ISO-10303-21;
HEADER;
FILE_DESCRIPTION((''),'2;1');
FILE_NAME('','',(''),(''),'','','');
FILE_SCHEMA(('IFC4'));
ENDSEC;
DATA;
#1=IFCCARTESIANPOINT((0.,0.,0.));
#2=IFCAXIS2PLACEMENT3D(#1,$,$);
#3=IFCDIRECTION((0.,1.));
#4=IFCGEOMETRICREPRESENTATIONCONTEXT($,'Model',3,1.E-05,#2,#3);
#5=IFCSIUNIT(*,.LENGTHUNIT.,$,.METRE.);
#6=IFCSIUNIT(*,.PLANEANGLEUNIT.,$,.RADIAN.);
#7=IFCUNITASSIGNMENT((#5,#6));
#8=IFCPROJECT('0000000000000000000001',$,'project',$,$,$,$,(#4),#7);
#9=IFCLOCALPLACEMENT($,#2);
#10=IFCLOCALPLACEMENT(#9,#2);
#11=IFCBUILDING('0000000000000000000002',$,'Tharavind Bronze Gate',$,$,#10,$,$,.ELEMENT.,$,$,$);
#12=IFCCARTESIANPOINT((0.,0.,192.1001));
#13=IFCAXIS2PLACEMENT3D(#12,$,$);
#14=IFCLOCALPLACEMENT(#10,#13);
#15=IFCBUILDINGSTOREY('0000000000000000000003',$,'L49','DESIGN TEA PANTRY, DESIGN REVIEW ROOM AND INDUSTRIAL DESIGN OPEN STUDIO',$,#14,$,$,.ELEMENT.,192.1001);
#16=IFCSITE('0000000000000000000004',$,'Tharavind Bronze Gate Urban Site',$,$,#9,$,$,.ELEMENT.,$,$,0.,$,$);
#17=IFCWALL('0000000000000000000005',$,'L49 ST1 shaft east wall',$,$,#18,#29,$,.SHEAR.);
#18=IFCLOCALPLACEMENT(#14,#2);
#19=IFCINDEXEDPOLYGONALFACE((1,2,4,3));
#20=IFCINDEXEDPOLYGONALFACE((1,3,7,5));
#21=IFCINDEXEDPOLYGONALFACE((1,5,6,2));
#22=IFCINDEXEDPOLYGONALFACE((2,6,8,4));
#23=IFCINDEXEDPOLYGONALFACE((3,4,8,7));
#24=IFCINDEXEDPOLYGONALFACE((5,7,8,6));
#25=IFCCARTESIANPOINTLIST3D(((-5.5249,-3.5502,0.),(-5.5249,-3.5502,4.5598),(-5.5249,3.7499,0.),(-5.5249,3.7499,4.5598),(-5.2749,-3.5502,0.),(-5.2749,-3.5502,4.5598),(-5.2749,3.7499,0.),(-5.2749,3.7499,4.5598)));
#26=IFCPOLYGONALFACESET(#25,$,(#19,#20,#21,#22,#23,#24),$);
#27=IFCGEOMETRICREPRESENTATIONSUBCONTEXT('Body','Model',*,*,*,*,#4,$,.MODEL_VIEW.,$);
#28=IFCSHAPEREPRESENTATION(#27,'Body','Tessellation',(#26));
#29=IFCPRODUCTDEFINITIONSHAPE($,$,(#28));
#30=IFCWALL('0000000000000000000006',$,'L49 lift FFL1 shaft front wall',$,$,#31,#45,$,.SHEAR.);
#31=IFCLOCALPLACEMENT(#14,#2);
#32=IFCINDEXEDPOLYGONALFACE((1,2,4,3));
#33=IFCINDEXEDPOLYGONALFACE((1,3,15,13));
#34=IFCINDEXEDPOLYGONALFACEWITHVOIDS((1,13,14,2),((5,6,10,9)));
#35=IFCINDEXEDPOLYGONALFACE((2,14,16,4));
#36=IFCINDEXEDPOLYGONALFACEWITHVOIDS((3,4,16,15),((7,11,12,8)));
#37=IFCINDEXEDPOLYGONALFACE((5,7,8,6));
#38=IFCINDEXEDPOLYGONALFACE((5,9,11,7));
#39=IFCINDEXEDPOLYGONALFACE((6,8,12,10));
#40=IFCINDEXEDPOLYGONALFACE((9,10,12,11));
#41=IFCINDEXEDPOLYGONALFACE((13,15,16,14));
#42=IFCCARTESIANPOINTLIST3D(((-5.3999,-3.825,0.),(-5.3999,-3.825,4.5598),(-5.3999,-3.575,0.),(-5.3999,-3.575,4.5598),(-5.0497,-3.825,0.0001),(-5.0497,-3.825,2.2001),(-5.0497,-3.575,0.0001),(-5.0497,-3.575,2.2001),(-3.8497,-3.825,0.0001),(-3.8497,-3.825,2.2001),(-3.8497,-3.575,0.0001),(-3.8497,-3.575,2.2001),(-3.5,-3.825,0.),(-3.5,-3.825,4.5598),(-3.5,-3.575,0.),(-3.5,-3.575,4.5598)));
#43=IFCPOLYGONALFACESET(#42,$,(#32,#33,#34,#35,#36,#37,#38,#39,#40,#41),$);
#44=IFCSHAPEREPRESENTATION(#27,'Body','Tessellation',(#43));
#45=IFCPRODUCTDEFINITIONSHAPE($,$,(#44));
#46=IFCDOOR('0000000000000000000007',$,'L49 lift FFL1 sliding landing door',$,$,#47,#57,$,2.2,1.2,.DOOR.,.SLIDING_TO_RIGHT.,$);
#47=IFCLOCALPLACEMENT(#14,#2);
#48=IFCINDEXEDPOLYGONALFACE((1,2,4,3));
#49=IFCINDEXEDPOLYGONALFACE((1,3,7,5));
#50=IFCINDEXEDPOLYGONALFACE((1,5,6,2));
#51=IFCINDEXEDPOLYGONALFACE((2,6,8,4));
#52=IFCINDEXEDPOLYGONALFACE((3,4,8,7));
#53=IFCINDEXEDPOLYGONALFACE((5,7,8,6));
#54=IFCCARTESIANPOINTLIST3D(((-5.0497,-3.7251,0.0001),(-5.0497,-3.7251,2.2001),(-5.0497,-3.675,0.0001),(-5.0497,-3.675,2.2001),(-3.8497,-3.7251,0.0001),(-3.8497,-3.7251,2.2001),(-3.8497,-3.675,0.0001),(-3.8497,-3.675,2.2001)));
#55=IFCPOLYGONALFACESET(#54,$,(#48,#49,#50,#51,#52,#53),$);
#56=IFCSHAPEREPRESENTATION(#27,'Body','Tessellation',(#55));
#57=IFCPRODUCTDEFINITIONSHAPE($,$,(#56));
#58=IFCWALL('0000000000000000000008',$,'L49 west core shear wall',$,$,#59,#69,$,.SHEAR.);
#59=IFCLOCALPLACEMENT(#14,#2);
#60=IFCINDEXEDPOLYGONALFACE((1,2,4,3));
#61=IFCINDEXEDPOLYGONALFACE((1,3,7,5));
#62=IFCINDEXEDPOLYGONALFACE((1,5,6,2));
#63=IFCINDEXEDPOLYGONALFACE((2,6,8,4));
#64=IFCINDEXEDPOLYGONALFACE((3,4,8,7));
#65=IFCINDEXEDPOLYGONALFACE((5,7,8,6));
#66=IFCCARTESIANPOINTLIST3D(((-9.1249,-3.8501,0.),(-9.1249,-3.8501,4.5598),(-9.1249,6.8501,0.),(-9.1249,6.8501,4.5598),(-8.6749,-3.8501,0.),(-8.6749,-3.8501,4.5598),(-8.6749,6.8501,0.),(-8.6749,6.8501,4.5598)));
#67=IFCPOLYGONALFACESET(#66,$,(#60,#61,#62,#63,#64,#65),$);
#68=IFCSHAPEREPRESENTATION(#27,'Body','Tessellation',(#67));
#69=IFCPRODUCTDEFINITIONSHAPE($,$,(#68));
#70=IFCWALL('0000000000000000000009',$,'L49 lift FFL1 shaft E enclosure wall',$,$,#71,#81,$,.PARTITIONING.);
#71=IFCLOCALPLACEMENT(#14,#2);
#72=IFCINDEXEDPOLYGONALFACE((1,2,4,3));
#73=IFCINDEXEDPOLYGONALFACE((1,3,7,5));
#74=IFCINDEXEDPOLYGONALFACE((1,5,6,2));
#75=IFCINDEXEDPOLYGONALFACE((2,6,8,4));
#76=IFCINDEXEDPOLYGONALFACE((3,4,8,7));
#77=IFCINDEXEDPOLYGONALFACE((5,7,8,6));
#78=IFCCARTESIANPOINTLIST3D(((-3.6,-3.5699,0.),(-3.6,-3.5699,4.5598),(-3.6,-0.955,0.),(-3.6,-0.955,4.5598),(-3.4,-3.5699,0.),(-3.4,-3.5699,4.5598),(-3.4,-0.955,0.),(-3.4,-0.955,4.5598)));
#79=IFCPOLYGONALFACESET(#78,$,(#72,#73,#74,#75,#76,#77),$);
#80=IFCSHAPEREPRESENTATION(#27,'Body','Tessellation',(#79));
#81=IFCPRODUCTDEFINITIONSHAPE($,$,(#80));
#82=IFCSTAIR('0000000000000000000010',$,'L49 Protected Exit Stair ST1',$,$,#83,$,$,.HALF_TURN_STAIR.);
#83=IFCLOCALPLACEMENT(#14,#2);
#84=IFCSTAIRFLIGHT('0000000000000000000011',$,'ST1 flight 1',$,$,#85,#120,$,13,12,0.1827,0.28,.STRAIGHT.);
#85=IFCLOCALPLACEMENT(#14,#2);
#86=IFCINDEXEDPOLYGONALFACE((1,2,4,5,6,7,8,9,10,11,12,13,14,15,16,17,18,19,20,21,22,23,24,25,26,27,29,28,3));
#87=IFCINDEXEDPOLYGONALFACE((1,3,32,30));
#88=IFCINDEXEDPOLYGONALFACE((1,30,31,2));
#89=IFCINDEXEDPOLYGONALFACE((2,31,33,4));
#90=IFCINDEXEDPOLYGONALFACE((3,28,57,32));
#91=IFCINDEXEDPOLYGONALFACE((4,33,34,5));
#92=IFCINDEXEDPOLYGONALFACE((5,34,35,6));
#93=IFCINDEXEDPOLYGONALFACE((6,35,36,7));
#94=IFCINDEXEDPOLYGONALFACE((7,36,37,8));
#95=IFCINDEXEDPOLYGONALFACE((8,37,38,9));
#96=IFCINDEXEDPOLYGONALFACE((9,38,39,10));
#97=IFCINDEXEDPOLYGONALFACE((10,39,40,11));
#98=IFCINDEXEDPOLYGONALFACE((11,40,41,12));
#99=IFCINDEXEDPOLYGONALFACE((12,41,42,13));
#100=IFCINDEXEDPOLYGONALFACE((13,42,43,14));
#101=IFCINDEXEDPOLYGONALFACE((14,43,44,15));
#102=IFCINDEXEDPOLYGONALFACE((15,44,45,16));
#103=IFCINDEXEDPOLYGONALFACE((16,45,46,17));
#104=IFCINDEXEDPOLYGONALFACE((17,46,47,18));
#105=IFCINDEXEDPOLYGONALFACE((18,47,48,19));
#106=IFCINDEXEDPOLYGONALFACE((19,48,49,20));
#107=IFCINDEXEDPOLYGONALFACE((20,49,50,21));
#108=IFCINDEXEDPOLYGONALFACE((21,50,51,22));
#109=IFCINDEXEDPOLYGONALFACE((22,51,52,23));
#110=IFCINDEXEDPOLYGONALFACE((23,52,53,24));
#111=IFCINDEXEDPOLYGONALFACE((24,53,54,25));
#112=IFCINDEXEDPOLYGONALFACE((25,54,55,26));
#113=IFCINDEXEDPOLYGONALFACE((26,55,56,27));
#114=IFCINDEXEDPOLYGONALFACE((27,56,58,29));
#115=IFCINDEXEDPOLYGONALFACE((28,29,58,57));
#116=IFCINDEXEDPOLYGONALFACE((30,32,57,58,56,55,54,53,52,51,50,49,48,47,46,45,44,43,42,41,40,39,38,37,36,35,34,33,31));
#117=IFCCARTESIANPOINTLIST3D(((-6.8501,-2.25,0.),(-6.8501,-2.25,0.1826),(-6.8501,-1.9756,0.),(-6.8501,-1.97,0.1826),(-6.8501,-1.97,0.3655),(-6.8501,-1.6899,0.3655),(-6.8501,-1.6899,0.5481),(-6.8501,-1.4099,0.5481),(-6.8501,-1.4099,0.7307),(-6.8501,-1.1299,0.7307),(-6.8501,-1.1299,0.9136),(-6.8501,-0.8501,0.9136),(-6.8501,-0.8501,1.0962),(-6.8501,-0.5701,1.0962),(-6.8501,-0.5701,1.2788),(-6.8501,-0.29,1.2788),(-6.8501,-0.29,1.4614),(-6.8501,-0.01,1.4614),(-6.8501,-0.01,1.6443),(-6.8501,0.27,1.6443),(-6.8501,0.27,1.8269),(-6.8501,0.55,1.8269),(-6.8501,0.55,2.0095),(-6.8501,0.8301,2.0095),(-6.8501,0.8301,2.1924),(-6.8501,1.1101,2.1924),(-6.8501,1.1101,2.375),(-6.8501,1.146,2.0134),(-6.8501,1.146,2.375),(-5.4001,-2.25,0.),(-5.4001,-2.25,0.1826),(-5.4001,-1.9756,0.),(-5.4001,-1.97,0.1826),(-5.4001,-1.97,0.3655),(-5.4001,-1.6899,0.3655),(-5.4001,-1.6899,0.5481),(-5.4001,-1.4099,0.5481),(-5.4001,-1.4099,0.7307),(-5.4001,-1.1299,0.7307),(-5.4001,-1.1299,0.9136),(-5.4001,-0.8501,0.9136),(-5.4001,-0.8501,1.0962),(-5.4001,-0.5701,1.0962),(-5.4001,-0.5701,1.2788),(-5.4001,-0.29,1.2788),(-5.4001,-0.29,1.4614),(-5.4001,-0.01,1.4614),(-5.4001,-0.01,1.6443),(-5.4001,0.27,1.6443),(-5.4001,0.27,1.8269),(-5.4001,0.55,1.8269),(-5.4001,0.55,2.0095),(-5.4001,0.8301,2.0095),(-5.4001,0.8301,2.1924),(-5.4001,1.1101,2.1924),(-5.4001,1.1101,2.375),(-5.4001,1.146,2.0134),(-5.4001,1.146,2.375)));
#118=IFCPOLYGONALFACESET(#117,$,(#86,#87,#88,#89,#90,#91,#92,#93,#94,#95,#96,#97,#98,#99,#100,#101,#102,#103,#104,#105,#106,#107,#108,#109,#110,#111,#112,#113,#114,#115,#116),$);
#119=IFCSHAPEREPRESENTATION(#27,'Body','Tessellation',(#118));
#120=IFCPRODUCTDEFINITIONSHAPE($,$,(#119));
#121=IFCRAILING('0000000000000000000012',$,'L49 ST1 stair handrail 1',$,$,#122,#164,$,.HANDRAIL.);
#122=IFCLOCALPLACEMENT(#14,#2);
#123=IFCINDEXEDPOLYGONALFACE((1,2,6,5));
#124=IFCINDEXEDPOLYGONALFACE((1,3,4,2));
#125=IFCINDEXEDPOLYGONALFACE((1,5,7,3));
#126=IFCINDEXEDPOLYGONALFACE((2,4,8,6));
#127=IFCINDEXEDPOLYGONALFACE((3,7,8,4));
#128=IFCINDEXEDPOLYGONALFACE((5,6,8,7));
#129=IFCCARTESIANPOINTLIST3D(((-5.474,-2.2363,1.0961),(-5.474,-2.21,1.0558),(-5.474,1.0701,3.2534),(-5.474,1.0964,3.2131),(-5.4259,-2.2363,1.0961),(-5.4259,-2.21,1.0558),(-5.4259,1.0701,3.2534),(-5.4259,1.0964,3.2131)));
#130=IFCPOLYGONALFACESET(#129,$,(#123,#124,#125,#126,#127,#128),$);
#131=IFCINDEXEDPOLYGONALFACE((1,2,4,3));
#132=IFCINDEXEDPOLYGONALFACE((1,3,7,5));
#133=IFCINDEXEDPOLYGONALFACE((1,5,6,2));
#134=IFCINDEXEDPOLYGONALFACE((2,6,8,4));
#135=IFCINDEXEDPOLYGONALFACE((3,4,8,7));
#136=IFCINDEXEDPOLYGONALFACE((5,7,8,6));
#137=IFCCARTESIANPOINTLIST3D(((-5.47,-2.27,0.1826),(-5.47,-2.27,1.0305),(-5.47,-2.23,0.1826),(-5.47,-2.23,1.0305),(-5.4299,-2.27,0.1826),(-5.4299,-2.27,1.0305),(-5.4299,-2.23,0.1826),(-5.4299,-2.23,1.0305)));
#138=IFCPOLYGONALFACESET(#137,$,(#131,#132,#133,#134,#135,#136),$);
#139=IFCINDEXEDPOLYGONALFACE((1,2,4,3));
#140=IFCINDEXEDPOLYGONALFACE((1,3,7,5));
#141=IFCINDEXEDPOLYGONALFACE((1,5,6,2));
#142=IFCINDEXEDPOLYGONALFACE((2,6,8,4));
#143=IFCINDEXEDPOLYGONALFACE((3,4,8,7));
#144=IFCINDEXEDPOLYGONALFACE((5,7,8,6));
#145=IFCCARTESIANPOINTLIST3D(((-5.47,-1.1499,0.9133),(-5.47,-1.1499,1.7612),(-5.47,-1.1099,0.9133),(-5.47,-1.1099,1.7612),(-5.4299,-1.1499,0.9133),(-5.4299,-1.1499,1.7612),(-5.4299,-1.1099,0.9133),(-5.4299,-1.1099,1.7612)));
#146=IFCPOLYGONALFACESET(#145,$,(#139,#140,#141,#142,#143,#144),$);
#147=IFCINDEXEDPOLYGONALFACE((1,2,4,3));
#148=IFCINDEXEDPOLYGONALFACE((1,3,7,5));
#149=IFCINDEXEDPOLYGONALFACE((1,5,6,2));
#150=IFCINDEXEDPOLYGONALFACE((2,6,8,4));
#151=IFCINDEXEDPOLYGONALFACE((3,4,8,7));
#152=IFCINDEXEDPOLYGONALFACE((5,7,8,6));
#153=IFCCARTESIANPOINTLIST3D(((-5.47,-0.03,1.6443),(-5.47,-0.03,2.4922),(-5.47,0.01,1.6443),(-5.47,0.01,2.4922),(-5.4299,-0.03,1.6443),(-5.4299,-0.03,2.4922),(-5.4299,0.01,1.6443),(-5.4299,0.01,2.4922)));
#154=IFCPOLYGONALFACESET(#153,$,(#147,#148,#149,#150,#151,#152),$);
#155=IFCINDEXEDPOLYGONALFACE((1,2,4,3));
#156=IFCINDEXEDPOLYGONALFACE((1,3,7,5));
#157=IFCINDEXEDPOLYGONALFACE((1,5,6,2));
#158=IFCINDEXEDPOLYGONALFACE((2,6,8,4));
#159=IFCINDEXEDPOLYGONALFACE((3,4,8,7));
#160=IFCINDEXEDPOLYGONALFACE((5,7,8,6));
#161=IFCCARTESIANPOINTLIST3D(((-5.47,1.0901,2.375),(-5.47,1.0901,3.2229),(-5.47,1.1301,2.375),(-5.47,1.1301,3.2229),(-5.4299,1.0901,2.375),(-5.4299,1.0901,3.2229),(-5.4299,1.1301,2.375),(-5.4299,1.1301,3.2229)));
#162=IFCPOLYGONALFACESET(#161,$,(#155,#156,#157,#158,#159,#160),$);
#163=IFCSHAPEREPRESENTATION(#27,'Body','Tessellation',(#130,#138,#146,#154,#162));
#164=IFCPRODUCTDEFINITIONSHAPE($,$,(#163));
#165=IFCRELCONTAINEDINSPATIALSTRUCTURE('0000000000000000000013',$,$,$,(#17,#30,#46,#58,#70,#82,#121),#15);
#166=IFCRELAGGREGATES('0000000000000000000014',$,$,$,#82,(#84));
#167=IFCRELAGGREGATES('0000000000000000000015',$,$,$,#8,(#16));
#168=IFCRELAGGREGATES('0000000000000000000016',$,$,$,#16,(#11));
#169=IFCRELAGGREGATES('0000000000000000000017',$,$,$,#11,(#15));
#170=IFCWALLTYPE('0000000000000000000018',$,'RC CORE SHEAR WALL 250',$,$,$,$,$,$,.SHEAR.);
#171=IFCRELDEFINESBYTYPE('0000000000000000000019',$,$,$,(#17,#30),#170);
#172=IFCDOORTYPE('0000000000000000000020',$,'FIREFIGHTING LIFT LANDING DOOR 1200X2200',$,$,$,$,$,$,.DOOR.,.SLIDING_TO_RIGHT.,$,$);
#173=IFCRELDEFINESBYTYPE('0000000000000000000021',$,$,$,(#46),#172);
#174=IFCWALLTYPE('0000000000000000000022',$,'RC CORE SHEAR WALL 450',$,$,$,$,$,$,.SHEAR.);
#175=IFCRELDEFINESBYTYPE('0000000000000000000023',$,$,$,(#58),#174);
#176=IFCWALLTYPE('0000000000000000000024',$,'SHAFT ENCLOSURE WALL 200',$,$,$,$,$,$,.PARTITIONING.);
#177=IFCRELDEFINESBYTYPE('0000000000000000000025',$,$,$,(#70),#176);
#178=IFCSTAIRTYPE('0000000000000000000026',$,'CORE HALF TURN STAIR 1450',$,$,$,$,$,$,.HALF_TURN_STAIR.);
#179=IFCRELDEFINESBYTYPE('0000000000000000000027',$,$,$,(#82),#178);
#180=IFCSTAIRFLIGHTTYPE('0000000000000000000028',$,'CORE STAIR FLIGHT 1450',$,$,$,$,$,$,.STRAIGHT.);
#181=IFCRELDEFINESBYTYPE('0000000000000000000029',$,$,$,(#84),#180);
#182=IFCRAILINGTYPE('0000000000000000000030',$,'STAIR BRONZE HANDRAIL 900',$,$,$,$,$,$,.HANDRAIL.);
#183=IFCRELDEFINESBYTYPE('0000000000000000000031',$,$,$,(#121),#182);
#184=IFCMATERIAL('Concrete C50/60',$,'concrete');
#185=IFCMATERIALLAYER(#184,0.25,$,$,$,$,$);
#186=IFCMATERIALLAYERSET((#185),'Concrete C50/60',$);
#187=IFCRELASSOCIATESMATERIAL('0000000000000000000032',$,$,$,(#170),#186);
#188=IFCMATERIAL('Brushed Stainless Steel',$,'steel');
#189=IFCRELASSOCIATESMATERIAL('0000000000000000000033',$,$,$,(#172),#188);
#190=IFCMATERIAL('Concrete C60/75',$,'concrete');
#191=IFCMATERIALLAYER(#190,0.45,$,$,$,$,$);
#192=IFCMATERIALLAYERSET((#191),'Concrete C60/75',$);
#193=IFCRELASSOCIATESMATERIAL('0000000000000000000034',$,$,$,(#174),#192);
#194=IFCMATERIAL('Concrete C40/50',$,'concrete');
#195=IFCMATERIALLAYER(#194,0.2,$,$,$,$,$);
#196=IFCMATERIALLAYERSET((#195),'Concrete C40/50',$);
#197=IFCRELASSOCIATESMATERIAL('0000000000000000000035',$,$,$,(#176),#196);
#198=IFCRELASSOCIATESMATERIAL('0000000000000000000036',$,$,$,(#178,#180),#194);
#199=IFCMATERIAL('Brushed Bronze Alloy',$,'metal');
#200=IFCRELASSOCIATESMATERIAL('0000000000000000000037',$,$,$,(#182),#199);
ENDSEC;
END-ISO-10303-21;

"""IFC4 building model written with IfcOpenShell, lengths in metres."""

from ifc_helpers import new_model, si_unit, direction, frame, frame_2d, origin, origin_2d, place, context, subcontext, project, spatial, polyline, rectangle, outline, extrude, material, layer, layer_set, type_object, element, fill, aggregate, save


model = new_model("IFC4")

# Units and contexts
model_context = context("Model", 3, precision=1e-05, world=origin(), true_north=direction((0.0, 1.0)))
body_context = subcontext(model_context, "Body", "Model", "MODEL_VIEW")
ifc_project = project(units=[si_unit("LENGTHUNIT", "METRE"), si_unit("PLANEANGLEUNIT", "RADIAN")], contexts=[model_context])

# Site, building, storey
site_placement = place(None, origin())
site = spatial("IfcSite", under=ifc_project, at=site_placement, Name="Tharavind Bronze Gate Urban Site", CompositionType="ELEMENT", RefElevation=0.0)
building_placement = place(site_placement, origin())
building = spatial("IfcBuilding", under=site, at=building_placement, Name="Tharavind Bronze Gate", CompositionType="ELEMENT")
storey_placement = place(building_placement, frame((0.0, 0.0, 192.1001)))
storey = spatial("IfcBuildingStorey", under=building, at=storey_placement, Name="L49", Description="DESIGN TEA PANTRY, DESIGN REVIEW ROOM AND INDUSTRIAL DESIGN OPEN STUDIO", CompositionType="ELEMENT", Elevation=192.1001)

# Wall
ifc_material_1 = material(Name="Concrete C50/60", Category="concrete")
ifc_layer_1 = layer(ifc_material_1, 0.25)
ifc_layer_set_1 = layer_set([ifc_layer_1], Name="Concrete C50/60")
wall_type_1 = type_object("IfcWallType", Name="RC CORE SHEAR WALL 250", PredefinedType="SHEAR", material=ifc_layer_set_1)
wall_1_placement = place(storey_placement, frame((-5.3999, -3.55, 0.0), z_axis=(0.0, 0.0, 1.0), x_axis=(0.0, 1.0, 0.0)))
element("IfcWall", 1, at=wall_1_placement, inside=storey, type_object=wall_type_1, Name="L49 ST1 shaft east wall", PredefinedType="SHEAR", context=body_context, shape_type="SweptSolid", body=[
    extrude(rectangle(XDim=7.3, YDim=0.25, at=frame_2d((3.6499, 0.0))), origin(), (0.0, 0.0, 1.0), 4.5598),
])

# Wall, opening, door
wall_2_placement = place(storey_placement, frame((-5.3999, -3.7, 0.0), z_axis=(0.0, 0.0, 1.0), x_axis=(1.0, 0.0, 0.0)))
wall_2 = element("IfcWall", 2, at=wall_2_placement, inside=storey, type_object=wall_type_1, Name="L49 lift FFL1 shaft front wall", PredefinedType="SHEAR", context=body_context, shape_type="SweptSolid", body=[
    extrude(rectangle(XDim=1.8999, YDim=0.25, at=frame_2d((0.95, 0.0))), origin(), (0.0, 0.0, 1.0), 4.5598),
])
opening_1_placement = place(wall_2_placement, frame((0.3501, 0.0, 0.0)))
opening_1 = element("IfcOpeningElement", 3, at=opening_1_placement, cuts=wall_2, PredefinedType="OPENING", context=body_context, shape_type="SweptSolid", body=[
    extrude(rectangle(XDim=1.2, YDim=2.2, at=frame_2d((0.6001, 1.1001))), frame((0.0, 0.135, 0.0), z_axis=(0.0, -1.0, 0.0), x_axis=(1.0, 0.0, 0.0)), (0.0, 0.0, 1.0), 0.27),
])
ifc_material_2 = material(Name="Brushed Stainless Steel", Category="steel")
door_type_1 = type_object("IfcDoorType", Name="FIREFIGHTING LIFT LANDING DOOR 1200X2200", OperationType="SLIDING_TO_RIGHT", PredefinedType="DOOR", material=ifc_material_2)
door_1_placement = place(opening_1_placement, origin())
door_1 = element("IfcDoor", 4, at=door_1_placement, inside=storey, type_object=door_type_1, Name="L49 lift FFL1 sliding landing door", OperationType="SLIDING_TO_RIGHT", OverallHeight=2.2, OverallWidth=1.2, PredefinedType="DOOR", context=body_context, shape_type="SweptSolid", body=[
    extrude(rectangle(XDim=1.2, YDim=2.2, at=frame_2d((0.6001, 1.1001))), frame((0.0, 0.0249, 0.0), z_axis=(0.0, -1.0, 0.0), x_axis=(1.0, 0.0, 0.0)), (0.0, 0.0, 1.0), 0.05),
])
fill(opening_1, door_1)

# Walls
ifc_material_3 = material(Name="Concrete C60/75", Category="concrete")
ifc_layer_2 = layer(ifc_material_3, 0.45)
ifc_layer_set_2 = layer_set([ifc_layer_2], Name="Concrete C60/75")
wall_type_2 = type_object("IfcWallType", Name="RC CORE SHEAR WALL 450", PredefinedType="SHEAR", material=ifc_layer_set_2)
wall_3_placement = place(storey_placement, frame((-8.8999, -3.8501, 0.0), z_axis=(0.0, 0.0, 1.0), x_axis=(0.0, 1.0, 0.0)))
element("IfcWall", 5, at=wall_3_placement, inside=storey, type_object=wall_type_2, Name="L49 west core shear wall", PredefinedType="SHEAR", context=body_context, shape_type="SweptSolid", body=[
    extrude(rectangle(XDim=10.7002, YDim=0.45, at=frame_2d((5.3501, 0.0))), origin(), (0.0, 0.0, 1.0), 4.5598),
])
ifc_material_4 = material(Name="Concrete C40/50", Category="concrete")
ifc_layer_3 = layer(ifc_material_4, 0.2)
ifc_layer_set_3 = layer_set([ifc_layer_3], Name="Concrete C40/50")
wall_type_3 = type_object("IfcWallType", Name="SHAFT ENCLOSURE WALL 200", PredefinedType="PARTITIONING", material=ifc_layer_set_3)
wall_4_placement = place(storey_placement, frame((-3.5, -3.5701, 0.0), z_axis=(0.0, 0.0, 1.0), x_axis=(0.0, 1.0, 0.0)))
element("IfcWall", 6, at=wall_4_placement, inside=storey, type_object=wall_type_3, Name="L49 lift FFL1 shaft E enclosure wall", PredefinedType="PARTITIONING", context=body_context, shape_type="SweptSolid", body=[
    extrude(rectangle(XDim=2.615, YDim=0.2, at=frame_2d((1.3076, 0.0))), origin(), (0.0, 0.0, 1.0), 4.5598),
])

# Stair, stair flight
stair_type = type_object("IfcStairType", Name="CORE HALF TURN STAIR 1450", PredefinedType="HALF_TURN_STAIR", material=ifc_material_4)
stair_placement = place(storey_placement, origin())
stair = element("IfcStair", 7, at=stair_placement, inside=storey, type_object=stair_type, Name="L49 Protected Exit Stair ST1", PredefinedType="HALF_TURN_STAIR")
stair_flight_type = type_object("IfcStairFlightType", Name="CORE STAIR FLIGHT 1450", PredefinedType="STRAIGHT", material=ifc_material_4)
stair_flight_placement = place(storey_placement, frame((-6.125, -2.25, 0.0), z_axis=(0.0, 0.0, 1.0), x_axis=(0.0, 1.0, 0.0)))
stair_flight = element("IfcStairFlight", 8, at=stair_flight_placement, type_object=stair_flight_type, Name="ST1 flight 1", NumberOfRisers=13, NumberOfTreads=12, PredefinedType="STRAIGHT", RiserHeight=0.1827, TreadLength=0.28, context=body_context, shape_type="SweptSolid", body=[
    extrude(outline(polyline([(0.0, 0.0), (0.0, 0.1826), (0.28, 0.1826), (0.28, 0.3655), (0.5601, 0.3655), (0.5601, 0.5481), (0.8401, 0.5481), (0.8401, 0.7307), (1.1201, 0.7307), (1.1201, 0.9136), (1.3999, 0.9136), (1.3999, 1.0962), (1.6799, 1.0962), (1.6799, 1.2788), (1.96, 1.2788), (1.96, 1.4614), (2.24, 1.4614), (2.24, 1.6443), (2.52, 1.6443), (2.52, 1.8269), (2.8, 1.8269), (2.8, 2.0095), (3.0801, 2.0095), (3.0801, 2.1924), (3.3601, 2.1924), (3.3601, 2.375), (3.396, 2.375), (3.396, 2.0134), (0.2744, 0.0), (0.0, 0.0)])), frame((0.0, 0.7251, 0.0), z_axis=(0.0, -1.0, 0.0), x_axis=(1.0, 0.0, 0.0)), (0.0, 0.0, 1.0), 1.45),
])
aggregate(stair, [stair_flight])

# Railing
ifc_material_5 = material(Name="Brushed Bronze Alloy", Category="metal")
railing_type_1 = type_object("IfcRailingType", Name="STAIR BRONZE HANDRAIL 900", PredefinedType="HANDRAIL", material=ifc_material_5)
railing_1_placement = place(storey_placement, frame((-5.45, -2.25, 0.1826)))
element("IfcRailing", 9, at=railing_1_placement, inside=storey, type_object=railing_type_1, Name="L49 ST1 stair handrail 1", PredefinedType="HANDRAIL", context=body_context, shape_type="SweptSolid", body=[
    extrude(rectangle(XDim=0.0481, YDim=0.0481, at=origin_2d()), frame((0.0, 0.0269, 0.8933), z_axis=(0.0, 0.837496, 0.546444), x_axis=(-1.0, 0.0, 0.0)), (0.0, 0.0, 1.0), 3.948),
    extrude(rectangle(XDim=0.04, YDim=0.04, at=origin_2d()), origin(), (0.0, 0.0, 1.0), 0.8479),
    extrude(rectangle(XDim=0.04, YDim=0.04, at=origin_2d()), frame((0.0, 1.1201, 0.7307)), (0.0, 0.0, 1.0), 0.8479),
    extrude(rectangle(XDim=0.04, YDim=0.04, at=origin_2d()), frame((0.0, 2.24, 1.4617)), (0.0, 0.0, 1.0), 0.8479),
    extrude(rectangle(XDim=0.04, YDim=0.04, at=origin_2d()), frame((0.0, 3.3601, 2.1924)), (0.0, 0.0, 1.0), 0.8479),
])

save(model, "model.ifc")
